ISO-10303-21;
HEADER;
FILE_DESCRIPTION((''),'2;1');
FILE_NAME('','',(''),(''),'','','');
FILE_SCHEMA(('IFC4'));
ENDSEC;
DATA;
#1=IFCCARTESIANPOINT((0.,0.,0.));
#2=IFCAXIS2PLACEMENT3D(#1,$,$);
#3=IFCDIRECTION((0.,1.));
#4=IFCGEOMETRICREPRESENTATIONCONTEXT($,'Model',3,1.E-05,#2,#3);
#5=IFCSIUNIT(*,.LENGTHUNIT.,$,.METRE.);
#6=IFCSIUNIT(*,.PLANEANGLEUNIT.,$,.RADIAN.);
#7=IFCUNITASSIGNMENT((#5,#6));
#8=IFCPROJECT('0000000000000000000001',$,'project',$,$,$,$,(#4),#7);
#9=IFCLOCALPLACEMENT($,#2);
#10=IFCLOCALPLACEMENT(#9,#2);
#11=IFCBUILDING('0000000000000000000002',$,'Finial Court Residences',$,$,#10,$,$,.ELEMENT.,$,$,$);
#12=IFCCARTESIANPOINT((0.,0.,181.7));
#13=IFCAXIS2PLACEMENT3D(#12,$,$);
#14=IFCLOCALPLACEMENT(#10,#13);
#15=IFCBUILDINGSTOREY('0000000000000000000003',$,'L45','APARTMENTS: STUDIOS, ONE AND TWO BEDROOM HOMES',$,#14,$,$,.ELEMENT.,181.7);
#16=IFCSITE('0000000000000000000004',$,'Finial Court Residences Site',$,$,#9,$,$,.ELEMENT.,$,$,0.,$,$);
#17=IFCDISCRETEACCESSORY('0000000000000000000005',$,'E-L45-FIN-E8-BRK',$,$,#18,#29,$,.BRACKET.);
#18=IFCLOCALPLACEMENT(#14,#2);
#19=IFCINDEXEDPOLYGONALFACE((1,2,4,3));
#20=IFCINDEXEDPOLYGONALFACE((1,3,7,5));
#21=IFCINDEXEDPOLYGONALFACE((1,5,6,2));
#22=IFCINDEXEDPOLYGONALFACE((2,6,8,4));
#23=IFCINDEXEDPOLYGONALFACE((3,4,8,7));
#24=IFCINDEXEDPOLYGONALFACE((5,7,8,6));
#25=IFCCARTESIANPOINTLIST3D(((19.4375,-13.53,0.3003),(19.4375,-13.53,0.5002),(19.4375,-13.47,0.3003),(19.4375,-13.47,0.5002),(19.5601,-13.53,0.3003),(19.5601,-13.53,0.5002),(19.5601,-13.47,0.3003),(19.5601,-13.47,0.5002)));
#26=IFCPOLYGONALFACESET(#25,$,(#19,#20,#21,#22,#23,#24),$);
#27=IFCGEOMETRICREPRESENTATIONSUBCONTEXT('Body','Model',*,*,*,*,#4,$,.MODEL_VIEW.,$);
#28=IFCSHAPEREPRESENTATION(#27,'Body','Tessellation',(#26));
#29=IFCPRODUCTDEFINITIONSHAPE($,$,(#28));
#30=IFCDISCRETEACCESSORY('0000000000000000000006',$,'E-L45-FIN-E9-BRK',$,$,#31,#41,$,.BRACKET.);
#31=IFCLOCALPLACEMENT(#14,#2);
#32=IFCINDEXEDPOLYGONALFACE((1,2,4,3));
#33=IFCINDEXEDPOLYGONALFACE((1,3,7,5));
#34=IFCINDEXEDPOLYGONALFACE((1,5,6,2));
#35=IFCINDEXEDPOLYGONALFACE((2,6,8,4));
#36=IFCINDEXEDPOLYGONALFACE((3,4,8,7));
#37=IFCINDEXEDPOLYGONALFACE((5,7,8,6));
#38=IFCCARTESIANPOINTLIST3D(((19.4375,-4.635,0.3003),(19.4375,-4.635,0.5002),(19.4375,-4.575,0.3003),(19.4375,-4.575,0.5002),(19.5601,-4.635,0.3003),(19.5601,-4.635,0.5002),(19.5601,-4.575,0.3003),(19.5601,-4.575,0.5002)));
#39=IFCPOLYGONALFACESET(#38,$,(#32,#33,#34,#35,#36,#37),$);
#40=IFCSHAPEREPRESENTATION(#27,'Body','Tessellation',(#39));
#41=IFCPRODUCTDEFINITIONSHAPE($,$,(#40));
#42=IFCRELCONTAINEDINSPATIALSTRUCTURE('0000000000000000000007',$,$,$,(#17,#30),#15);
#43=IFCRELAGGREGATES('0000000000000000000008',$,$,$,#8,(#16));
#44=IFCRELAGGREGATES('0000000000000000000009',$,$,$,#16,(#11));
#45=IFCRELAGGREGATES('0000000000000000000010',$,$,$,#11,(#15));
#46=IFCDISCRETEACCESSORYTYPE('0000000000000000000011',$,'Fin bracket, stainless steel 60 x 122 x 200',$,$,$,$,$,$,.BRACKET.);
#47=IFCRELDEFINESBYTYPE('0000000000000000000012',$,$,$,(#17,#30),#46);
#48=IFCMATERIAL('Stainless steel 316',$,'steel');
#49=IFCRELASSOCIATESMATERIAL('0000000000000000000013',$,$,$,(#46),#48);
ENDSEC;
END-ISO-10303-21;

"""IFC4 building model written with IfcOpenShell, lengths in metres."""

from ifc_helpers import new_model, si_unit, direction, frame, origin, origin_2d, place, context, subcontext, project, spatial, rectangle, extrude, material, type_object, element, save


model = new_model("IFC4")

# Units and contexts
model_context = context("Model", 3, precision=1e-05, world=origin(), true_north=direction((0.0, 1.0)))
body_context = subcontext(model_context, "Body", "Model", "MODEL_VIEW")
ifc_project = project(units=[si_unit("LENGTHUNIT", "METRE"), si_unit("PLANEANGLEUNIT", "RADIAN")], contexts=[model_context])

# Site, building, storey
site_placement = place(None, origin())
site = spatial("IfcSite", under=ifc_project, at=site_placement, Name="Finial Court Residences Site", CompositionType="ELEMENT", RefElevation=0.0)
building_placement = place(site_placement, origin())
building = spatial("IfcBuilding", under=site, at=building_placement, Name="Finial Court Residences", CompositionType="ELEMENT")
storey_placement = place(building_placement, frame((0.0, 0.0, 181.7)))
storey = spatial("IfcBuildingStorey", under=building, at=storey_placement, Name="L45", Description="APARTMENTS: STUDIOS, ONE AND TWO BEDROOM HOMES", CompositionType="ELEMENT", Elevation=181.7)

# Discrete accessories
ifc_material_1 = material(Name="Stainless steel 316", Category="steel")
discrete_accessory_type = type_object("IfcDiscreteAccessoryType", Name="Fin bracket, stainless steel 60 x 122 x 200", PredefinedType="BRACKET", material=ifc_material_1)
for number, where, z_axis, x_axis, name in (
    (1, (19.4988, -13.5, 0.3003), (0.0, 0.0, 1.0), (1.0, 0.0, 0.0), "E-L45-FIN-E8-BRK"),
    (2, (19.4988, -4.605, 0.3003), (0.0, 0.0, 1.0), (1.0, 0.0, 0.0), "E-L45-FIN-E9-BRK"),
):
    element("IfcDiscreteAccessory", number, at=place(storey_placement, frame(where, z_axis=z_axis, x_axis=x_axis)), inside=storey, type_object=discrete_accessory_type, Name=name, PredefinedType="BRACKET", context=body_context, shape_type="SweptSolid", body=[
        extrude(rectangle(XDim=0.1226, YDim=0.0601, at=origin_2d()), origin(), (0.0, 0.0, 1.0), 0.2),
    ])

save(model, "model.ifc")
